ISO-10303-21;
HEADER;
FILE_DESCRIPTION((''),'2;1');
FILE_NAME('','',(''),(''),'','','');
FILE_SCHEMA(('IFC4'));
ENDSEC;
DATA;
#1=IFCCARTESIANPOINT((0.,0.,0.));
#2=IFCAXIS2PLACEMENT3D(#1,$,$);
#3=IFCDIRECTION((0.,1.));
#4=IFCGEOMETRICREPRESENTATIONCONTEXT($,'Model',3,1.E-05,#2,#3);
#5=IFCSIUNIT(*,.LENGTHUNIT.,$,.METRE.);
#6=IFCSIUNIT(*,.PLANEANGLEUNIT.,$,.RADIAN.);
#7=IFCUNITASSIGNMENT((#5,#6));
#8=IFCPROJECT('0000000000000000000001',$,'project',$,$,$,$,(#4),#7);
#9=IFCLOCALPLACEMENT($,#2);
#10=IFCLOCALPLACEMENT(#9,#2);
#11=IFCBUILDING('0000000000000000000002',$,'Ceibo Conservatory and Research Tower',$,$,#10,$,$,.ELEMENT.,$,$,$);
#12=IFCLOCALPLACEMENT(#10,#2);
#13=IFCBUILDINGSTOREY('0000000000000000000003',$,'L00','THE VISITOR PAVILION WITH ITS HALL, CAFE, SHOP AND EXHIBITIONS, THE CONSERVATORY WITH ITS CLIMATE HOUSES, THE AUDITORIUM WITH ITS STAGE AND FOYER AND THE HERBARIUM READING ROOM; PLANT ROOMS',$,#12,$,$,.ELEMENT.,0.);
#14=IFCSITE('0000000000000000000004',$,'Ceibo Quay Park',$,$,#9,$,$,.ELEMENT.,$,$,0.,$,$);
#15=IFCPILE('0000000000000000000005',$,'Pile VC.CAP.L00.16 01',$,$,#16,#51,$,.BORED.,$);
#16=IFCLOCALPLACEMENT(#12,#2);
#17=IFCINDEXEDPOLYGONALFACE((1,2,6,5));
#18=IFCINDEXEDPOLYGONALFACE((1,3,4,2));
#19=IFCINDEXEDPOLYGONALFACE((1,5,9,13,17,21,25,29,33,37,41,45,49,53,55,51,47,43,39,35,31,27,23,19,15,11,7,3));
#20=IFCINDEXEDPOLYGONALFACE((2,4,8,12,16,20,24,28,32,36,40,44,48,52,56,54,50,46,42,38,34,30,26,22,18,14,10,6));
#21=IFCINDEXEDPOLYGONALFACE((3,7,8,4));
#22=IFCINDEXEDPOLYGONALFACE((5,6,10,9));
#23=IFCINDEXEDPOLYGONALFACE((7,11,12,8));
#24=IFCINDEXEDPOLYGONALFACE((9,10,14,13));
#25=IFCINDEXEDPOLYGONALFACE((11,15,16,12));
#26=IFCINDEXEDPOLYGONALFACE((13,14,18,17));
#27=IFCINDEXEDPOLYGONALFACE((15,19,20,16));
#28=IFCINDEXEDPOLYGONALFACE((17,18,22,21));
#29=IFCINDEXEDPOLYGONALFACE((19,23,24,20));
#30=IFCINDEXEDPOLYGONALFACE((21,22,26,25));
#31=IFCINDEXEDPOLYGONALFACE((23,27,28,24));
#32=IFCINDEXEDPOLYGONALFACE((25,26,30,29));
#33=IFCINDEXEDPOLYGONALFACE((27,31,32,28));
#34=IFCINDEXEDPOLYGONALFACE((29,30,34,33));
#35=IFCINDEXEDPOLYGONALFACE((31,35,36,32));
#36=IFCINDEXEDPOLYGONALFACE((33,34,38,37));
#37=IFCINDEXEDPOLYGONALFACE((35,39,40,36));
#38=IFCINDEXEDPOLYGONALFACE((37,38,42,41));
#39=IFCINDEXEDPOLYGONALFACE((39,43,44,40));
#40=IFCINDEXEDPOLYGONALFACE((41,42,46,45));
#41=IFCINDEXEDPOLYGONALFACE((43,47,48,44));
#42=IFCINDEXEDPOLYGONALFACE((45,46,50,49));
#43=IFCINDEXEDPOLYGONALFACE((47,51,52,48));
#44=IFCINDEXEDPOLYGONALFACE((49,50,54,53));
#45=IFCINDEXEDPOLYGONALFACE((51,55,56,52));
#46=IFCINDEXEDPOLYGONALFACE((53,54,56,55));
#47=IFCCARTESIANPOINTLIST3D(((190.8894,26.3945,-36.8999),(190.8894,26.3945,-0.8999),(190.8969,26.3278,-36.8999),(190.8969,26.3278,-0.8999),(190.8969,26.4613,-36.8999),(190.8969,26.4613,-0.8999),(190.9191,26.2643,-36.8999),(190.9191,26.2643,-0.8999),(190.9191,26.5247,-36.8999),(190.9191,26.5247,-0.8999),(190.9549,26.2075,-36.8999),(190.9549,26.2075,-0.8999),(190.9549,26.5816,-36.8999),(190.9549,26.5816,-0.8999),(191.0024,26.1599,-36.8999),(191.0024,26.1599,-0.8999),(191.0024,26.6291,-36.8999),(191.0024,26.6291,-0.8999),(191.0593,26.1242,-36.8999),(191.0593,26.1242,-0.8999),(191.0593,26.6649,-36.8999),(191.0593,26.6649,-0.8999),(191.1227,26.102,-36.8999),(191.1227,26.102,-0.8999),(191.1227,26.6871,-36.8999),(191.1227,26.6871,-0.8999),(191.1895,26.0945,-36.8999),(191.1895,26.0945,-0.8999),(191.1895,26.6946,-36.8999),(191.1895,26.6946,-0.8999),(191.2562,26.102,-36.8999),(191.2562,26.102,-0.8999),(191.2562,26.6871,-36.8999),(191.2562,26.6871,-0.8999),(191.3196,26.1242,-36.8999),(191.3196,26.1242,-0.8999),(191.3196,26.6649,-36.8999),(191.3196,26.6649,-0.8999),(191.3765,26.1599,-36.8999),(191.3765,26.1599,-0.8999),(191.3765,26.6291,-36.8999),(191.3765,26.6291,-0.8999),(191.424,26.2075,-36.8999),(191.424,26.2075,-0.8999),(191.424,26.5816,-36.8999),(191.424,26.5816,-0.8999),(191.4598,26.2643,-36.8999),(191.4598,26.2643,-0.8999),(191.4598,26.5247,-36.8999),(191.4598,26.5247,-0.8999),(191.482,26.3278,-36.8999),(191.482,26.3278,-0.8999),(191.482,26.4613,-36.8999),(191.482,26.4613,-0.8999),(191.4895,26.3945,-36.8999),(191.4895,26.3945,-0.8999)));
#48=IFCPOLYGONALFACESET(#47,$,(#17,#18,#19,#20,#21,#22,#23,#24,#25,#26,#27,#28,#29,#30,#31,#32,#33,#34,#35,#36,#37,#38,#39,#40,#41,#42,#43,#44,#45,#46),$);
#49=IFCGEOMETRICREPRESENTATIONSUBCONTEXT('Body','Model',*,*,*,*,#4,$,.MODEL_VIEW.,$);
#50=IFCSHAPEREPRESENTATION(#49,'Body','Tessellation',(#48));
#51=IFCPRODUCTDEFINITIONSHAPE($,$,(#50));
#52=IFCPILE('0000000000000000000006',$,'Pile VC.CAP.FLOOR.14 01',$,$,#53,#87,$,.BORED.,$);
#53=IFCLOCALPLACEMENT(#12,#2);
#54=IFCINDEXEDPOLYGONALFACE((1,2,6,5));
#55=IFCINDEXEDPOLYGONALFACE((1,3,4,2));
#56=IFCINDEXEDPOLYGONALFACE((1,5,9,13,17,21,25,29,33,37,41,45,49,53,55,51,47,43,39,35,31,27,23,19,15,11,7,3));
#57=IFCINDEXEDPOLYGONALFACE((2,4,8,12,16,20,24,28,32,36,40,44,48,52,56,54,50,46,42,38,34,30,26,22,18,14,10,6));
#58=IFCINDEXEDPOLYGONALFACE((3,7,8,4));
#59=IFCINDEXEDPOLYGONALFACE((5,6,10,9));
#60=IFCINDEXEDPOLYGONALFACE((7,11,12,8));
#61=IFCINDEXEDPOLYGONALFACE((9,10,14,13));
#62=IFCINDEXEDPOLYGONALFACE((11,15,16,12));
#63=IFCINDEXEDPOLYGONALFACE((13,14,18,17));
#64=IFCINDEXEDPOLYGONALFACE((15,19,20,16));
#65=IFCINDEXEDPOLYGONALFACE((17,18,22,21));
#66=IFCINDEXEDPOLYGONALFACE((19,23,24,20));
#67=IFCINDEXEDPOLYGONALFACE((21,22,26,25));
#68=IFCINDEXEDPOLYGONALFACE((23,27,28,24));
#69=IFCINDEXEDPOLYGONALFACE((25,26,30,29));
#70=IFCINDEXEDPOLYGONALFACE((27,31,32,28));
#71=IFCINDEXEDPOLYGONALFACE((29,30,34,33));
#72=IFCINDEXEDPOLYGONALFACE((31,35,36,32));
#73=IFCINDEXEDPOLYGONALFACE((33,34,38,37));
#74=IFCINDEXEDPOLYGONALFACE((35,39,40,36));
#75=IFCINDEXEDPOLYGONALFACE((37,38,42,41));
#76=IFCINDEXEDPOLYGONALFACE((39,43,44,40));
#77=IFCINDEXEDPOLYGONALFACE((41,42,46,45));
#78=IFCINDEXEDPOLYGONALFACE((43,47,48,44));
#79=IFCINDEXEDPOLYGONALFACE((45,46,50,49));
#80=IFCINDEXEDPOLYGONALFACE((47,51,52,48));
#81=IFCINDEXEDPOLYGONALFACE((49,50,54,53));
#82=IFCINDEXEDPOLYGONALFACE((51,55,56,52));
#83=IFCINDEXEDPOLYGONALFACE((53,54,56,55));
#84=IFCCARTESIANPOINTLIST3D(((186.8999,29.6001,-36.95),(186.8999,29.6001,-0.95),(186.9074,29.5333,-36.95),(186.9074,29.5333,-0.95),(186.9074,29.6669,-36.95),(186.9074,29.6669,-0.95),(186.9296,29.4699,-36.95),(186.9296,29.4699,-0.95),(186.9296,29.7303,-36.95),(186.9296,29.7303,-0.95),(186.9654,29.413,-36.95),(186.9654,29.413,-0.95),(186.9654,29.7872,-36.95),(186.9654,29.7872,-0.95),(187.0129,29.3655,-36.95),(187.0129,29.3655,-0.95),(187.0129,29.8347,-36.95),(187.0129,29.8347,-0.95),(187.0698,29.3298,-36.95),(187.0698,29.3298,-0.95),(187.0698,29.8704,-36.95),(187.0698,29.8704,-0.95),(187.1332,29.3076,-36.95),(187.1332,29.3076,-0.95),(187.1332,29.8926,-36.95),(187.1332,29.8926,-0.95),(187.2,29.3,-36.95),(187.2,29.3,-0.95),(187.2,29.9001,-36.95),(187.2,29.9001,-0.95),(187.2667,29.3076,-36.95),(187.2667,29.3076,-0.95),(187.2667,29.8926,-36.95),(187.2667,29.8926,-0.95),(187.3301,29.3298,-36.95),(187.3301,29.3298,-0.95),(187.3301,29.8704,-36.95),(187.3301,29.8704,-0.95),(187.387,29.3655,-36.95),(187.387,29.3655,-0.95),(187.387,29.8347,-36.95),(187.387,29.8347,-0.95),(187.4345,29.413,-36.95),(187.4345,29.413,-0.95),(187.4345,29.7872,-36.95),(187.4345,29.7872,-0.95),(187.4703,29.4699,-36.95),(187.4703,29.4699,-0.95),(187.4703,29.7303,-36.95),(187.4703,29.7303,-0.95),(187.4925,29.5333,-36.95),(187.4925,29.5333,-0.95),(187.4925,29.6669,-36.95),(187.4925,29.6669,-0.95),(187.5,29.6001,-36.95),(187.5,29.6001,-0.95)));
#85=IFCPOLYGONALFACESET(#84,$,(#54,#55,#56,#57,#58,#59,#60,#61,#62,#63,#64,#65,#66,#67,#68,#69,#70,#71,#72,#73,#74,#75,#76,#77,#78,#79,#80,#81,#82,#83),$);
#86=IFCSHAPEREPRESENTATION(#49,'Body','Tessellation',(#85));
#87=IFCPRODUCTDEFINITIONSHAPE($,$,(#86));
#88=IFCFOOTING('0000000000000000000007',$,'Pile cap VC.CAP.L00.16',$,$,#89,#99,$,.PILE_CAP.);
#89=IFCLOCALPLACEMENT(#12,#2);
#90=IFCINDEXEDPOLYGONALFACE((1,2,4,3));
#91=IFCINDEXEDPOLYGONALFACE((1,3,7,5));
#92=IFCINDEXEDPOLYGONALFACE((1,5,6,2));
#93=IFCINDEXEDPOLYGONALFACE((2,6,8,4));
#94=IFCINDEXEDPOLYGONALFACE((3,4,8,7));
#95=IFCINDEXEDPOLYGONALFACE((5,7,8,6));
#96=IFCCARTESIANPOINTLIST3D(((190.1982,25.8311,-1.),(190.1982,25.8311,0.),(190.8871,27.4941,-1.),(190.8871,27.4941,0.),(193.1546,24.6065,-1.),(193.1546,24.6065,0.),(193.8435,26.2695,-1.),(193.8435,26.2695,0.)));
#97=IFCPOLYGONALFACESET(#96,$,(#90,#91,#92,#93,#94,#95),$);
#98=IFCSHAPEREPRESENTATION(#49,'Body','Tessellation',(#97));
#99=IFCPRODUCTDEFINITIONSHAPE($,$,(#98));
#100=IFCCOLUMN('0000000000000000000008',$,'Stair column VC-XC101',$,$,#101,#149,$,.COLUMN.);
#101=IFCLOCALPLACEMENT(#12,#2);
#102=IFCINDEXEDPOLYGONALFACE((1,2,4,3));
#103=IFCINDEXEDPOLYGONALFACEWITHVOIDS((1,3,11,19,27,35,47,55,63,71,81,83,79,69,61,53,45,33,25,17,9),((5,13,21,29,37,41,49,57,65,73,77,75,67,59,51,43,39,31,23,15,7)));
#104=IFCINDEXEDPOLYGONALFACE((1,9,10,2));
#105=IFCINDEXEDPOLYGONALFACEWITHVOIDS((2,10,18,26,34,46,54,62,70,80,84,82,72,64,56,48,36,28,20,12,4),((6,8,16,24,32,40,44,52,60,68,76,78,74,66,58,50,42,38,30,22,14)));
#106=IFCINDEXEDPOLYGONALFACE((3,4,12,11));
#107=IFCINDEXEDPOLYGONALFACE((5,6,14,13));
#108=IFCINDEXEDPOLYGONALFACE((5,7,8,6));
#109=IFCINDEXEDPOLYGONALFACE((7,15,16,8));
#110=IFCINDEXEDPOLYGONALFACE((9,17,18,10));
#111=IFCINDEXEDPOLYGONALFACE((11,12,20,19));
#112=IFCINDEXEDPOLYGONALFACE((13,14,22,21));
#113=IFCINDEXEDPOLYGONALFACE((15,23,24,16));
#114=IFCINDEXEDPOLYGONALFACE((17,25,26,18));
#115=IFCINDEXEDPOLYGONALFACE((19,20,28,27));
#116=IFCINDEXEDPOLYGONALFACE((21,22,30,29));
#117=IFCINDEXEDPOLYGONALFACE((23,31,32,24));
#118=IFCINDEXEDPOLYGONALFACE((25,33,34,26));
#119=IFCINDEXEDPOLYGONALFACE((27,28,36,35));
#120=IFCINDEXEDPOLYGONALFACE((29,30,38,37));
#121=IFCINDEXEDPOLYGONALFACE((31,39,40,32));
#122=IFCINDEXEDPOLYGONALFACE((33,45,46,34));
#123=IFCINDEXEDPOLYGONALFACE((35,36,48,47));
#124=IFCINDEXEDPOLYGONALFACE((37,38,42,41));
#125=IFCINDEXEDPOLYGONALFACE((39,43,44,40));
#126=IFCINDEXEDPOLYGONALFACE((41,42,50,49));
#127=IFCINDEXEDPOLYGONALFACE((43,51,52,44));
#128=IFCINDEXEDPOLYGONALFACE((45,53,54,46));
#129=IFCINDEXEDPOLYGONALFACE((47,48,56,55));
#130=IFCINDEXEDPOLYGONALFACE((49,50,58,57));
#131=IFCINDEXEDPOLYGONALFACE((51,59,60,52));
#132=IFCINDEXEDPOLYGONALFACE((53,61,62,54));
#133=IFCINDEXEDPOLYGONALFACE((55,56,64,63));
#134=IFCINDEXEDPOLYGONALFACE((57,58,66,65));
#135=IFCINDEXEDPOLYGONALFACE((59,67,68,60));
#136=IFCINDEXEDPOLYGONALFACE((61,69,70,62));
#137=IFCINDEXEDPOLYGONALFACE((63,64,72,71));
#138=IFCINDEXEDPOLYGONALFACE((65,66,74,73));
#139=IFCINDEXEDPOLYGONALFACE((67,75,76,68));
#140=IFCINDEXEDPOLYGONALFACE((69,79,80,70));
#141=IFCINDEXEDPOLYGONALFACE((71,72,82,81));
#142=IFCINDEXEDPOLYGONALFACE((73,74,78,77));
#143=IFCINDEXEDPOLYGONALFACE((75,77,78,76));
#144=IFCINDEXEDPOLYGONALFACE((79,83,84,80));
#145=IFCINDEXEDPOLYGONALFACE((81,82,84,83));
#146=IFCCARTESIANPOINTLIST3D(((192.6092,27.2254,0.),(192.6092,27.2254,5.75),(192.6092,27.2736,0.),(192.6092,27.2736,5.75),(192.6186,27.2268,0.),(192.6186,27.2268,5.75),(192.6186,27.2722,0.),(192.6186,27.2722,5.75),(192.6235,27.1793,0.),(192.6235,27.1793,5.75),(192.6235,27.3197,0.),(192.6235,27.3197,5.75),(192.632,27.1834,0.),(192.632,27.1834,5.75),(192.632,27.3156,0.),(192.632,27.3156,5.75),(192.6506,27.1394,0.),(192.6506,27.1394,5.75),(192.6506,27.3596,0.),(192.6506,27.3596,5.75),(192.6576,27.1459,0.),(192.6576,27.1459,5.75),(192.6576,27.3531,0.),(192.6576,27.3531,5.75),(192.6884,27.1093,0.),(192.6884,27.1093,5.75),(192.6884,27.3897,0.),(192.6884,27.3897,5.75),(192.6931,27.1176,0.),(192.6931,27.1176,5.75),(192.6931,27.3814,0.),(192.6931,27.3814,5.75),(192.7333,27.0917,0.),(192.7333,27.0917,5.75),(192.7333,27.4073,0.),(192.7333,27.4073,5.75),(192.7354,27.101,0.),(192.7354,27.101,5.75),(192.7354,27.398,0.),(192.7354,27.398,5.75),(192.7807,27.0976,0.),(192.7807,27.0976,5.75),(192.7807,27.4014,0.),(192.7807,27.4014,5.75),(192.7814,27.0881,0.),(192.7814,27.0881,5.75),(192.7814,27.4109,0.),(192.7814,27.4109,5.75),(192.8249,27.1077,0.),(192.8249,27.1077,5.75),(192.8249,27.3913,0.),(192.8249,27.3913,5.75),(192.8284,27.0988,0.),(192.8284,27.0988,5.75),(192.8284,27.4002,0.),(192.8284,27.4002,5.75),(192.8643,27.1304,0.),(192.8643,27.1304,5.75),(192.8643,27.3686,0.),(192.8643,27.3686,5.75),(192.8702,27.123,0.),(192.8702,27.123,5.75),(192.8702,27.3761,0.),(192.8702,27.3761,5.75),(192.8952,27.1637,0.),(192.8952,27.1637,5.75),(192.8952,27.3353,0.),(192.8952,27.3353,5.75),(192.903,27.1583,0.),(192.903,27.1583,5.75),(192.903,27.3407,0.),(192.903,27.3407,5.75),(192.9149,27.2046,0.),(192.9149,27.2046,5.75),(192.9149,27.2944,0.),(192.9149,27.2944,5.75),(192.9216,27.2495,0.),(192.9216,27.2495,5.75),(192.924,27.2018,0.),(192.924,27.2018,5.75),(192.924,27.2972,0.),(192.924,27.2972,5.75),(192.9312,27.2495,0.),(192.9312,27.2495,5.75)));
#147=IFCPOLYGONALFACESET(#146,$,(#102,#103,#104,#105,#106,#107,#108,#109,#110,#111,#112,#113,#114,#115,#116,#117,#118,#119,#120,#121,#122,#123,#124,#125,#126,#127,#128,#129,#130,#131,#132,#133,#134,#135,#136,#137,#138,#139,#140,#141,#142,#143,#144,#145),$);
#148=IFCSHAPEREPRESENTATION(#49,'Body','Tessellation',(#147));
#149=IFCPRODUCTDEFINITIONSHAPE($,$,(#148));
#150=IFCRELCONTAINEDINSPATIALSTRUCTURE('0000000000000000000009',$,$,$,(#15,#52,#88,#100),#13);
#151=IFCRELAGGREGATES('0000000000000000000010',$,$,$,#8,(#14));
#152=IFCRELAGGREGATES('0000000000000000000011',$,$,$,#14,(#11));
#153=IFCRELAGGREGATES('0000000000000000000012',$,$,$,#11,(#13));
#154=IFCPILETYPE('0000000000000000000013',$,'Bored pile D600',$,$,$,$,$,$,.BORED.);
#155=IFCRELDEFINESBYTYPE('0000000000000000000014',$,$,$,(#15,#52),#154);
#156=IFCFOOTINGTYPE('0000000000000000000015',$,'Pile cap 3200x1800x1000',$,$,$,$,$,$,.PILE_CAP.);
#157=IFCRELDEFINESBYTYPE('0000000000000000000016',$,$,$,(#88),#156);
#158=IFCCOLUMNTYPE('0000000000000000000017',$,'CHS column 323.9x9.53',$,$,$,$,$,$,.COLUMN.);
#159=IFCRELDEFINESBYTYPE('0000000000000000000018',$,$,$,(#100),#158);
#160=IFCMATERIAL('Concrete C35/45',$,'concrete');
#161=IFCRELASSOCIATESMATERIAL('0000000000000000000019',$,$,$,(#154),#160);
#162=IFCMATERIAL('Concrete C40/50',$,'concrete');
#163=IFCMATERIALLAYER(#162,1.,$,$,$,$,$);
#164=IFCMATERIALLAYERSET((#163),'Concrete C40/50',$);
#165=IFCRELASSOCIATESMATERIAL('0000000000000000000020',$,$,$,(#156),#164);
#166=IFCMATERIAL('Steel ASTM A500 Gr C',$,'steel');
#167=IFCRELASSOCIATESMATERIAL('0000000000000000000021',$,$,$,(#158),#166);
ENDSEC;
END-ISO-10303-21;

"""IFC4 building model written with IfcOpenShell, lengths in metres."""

from ifc_helpers import new_model, si_unit, direction, frame, origin, origin_2d, place, context, subcontext, project, spatial, polyline, circle, hollow_circle, outline, extrude, material, layer, layer_set, material_profile, profile_set, type_object, element, save


model = new_model("IFC4")

# Units and contexts
model_context = context("Model", 3, precision=1e-05, world=origin(), true_north=direction((0.0, 1.0)))
body_context = subcontext(model_context, "Body", "Model", "MODEL_VIEW")
ifc_project = project(units=[si_unit("LENGTHUNIT", "METRE"), si_unit("PLANEANGLEUNIT", "RADIAN")], contexts=[model_context])

# Site, building, storey
site_placement = place(None, origin())
site = spatial("IfcSite", under=ifc_project, at=site_placement, Name="Ceibo Quay Park", CompositionType="ELEMENT", RefElevation=0.0)
building_placement = place(site_placement, origin())
building = spatial("IfcBuilding", under=site, at=building_placement, Name="Ceibo Conservatory and Research Tower", CompositionType="ELEMENT")
storey_placement = place(building_placement, origin())
storey = spatial("IfcBuildingStorey", under=building, at=storey_placement, Name="L00", Description="THE VISITOR PAVILION WITH ITS HALL, CAFE, SHOP AND EXHIBITIONS, THE CONSERVATORY WITH ITS CLIMATE HOUSES, THE AUDITORIUM WITH ITS STAGE AND FOYER AND THE HERBARIUM READING ROOM; PLANT ROOMS", CompositionType="ELEMENT", Elevation=0.0)

# Piles
ifc_material_1 = material(Name="Concrete C35/45", Category="concrete")
ifc_material_profile_1 = material_profile(ifc_material_1, circle(Radius=0.3, at=origin_2d()), Name="RC D600")
ifc_profile_set_1 = profile_set([ifc_material_profile_1], Name="Concrete C35/45")
pile_type = type_object("IfcPileType", Name="Bored pile D600", PredefinedType="BORED", material=ifc_profile_set_1)
for number, where, z_axis, x_axis, name in (
    (1, (191.1895, 26.3945, -0.8999), (0.0, 0.0, -1.0), (1.0, 0.0, 0.0), "Pile VC.CAP.L00.16 01"),
    (2, (187.2, 29.6001, -0.95), (0.0, 0.0, -1.0), (1.0, 0.0, 0.0), "Pile VC.CAP.FLOOR.14 01"),
):
    element("IfcPile", number, at=place(storey_placement, frame(where, z_axis=z_axis, x_axis=x_axis)), inside=storey, type_object=pile_type, Name=name, PredefinedType="BORED", context=body_context, shape_type="SweptSolid", body=[
        extrude(circle(Radius=0.3, at=origin_2d()), origin(), (0.0, 0.0, 1.0), 36.0),
    ])

# Footing
ifc_material_2 = material(Name="Concrete C40/50", Category="concrete")
ifc_layer_1 = layer(ifc_material_2, 1.0)
ifc_layer_set_1 = layer_set([ifc_layer_1], Name="Concrete C40/50")
footing_type = type_object("IfcFootingType", Name="Pile cap 3200x1800x1000", PredefinedType="PILE_CAP", material=ifc_layer_set_1)
footing_placement = place(storey_placement, frame((190.1982, 25.8311, -1.0), z_axis=(0.0, 0.0, 1.0), x_axis=(0.92388, -0.382683, 0.0)))
element("IfcFooting", 3, at=footing_placement, inside=storey, type_object=footing_type, Name="Pile cap VC.CAP.L00.16", PredefinedType="PILE_CAP", context=body_context, shape_type="SweptSolid", body=[
    extrude(outline(polyline([(0.0, 0.0), (3.2, 0.0), (3.2, 1.8), (0.0, 1.8), (0.0, 0.0)])), origin(), (0.0, 0.0, 1.0), 1.0),
])

# Column
ifc_material_3 = material(Name="Steel ASTM A500 Gr C", Category="steel")
ifc_material_profile_2 = material_profile(ifc_material_3, hollow_circle(Radius=0.1619, WallThickness=0.0095, at=origin_2d()), Name="CHS column 323.9x9.53")
ifc_profile_set_2 = profile_set([ifc_material_profile_2], Name="Steel ASTM A500 Gr C")
column_type_1 = type_object("IfcColumnType", Name="CHS column 323.9x9.53", PredefinedType="COLUMN", material=ifc_profile_set_2)
column_1_placement = place(storey_placement, frame((192.7693, 27.2495, 0.0), z_axis=(0.0, 0.0, 1.0), x_axis=(1.0, 0.0, 0.0)))
element("IfcColumn", 4, at=column_1_placement, inside=storey, type_object=column_type_1, Name="Stair column VC-XC101", PredefinedType="COLUMN", context=body_context, shape_type="SweptSolid", body=[
    extrude(hollow_circle(Radius=0.1619, WallThickness=0.0095, at=origin_2d()), origin(), (0.0, 0.0, 1.0), 5.75),
])

save(model, "model.ifc")
